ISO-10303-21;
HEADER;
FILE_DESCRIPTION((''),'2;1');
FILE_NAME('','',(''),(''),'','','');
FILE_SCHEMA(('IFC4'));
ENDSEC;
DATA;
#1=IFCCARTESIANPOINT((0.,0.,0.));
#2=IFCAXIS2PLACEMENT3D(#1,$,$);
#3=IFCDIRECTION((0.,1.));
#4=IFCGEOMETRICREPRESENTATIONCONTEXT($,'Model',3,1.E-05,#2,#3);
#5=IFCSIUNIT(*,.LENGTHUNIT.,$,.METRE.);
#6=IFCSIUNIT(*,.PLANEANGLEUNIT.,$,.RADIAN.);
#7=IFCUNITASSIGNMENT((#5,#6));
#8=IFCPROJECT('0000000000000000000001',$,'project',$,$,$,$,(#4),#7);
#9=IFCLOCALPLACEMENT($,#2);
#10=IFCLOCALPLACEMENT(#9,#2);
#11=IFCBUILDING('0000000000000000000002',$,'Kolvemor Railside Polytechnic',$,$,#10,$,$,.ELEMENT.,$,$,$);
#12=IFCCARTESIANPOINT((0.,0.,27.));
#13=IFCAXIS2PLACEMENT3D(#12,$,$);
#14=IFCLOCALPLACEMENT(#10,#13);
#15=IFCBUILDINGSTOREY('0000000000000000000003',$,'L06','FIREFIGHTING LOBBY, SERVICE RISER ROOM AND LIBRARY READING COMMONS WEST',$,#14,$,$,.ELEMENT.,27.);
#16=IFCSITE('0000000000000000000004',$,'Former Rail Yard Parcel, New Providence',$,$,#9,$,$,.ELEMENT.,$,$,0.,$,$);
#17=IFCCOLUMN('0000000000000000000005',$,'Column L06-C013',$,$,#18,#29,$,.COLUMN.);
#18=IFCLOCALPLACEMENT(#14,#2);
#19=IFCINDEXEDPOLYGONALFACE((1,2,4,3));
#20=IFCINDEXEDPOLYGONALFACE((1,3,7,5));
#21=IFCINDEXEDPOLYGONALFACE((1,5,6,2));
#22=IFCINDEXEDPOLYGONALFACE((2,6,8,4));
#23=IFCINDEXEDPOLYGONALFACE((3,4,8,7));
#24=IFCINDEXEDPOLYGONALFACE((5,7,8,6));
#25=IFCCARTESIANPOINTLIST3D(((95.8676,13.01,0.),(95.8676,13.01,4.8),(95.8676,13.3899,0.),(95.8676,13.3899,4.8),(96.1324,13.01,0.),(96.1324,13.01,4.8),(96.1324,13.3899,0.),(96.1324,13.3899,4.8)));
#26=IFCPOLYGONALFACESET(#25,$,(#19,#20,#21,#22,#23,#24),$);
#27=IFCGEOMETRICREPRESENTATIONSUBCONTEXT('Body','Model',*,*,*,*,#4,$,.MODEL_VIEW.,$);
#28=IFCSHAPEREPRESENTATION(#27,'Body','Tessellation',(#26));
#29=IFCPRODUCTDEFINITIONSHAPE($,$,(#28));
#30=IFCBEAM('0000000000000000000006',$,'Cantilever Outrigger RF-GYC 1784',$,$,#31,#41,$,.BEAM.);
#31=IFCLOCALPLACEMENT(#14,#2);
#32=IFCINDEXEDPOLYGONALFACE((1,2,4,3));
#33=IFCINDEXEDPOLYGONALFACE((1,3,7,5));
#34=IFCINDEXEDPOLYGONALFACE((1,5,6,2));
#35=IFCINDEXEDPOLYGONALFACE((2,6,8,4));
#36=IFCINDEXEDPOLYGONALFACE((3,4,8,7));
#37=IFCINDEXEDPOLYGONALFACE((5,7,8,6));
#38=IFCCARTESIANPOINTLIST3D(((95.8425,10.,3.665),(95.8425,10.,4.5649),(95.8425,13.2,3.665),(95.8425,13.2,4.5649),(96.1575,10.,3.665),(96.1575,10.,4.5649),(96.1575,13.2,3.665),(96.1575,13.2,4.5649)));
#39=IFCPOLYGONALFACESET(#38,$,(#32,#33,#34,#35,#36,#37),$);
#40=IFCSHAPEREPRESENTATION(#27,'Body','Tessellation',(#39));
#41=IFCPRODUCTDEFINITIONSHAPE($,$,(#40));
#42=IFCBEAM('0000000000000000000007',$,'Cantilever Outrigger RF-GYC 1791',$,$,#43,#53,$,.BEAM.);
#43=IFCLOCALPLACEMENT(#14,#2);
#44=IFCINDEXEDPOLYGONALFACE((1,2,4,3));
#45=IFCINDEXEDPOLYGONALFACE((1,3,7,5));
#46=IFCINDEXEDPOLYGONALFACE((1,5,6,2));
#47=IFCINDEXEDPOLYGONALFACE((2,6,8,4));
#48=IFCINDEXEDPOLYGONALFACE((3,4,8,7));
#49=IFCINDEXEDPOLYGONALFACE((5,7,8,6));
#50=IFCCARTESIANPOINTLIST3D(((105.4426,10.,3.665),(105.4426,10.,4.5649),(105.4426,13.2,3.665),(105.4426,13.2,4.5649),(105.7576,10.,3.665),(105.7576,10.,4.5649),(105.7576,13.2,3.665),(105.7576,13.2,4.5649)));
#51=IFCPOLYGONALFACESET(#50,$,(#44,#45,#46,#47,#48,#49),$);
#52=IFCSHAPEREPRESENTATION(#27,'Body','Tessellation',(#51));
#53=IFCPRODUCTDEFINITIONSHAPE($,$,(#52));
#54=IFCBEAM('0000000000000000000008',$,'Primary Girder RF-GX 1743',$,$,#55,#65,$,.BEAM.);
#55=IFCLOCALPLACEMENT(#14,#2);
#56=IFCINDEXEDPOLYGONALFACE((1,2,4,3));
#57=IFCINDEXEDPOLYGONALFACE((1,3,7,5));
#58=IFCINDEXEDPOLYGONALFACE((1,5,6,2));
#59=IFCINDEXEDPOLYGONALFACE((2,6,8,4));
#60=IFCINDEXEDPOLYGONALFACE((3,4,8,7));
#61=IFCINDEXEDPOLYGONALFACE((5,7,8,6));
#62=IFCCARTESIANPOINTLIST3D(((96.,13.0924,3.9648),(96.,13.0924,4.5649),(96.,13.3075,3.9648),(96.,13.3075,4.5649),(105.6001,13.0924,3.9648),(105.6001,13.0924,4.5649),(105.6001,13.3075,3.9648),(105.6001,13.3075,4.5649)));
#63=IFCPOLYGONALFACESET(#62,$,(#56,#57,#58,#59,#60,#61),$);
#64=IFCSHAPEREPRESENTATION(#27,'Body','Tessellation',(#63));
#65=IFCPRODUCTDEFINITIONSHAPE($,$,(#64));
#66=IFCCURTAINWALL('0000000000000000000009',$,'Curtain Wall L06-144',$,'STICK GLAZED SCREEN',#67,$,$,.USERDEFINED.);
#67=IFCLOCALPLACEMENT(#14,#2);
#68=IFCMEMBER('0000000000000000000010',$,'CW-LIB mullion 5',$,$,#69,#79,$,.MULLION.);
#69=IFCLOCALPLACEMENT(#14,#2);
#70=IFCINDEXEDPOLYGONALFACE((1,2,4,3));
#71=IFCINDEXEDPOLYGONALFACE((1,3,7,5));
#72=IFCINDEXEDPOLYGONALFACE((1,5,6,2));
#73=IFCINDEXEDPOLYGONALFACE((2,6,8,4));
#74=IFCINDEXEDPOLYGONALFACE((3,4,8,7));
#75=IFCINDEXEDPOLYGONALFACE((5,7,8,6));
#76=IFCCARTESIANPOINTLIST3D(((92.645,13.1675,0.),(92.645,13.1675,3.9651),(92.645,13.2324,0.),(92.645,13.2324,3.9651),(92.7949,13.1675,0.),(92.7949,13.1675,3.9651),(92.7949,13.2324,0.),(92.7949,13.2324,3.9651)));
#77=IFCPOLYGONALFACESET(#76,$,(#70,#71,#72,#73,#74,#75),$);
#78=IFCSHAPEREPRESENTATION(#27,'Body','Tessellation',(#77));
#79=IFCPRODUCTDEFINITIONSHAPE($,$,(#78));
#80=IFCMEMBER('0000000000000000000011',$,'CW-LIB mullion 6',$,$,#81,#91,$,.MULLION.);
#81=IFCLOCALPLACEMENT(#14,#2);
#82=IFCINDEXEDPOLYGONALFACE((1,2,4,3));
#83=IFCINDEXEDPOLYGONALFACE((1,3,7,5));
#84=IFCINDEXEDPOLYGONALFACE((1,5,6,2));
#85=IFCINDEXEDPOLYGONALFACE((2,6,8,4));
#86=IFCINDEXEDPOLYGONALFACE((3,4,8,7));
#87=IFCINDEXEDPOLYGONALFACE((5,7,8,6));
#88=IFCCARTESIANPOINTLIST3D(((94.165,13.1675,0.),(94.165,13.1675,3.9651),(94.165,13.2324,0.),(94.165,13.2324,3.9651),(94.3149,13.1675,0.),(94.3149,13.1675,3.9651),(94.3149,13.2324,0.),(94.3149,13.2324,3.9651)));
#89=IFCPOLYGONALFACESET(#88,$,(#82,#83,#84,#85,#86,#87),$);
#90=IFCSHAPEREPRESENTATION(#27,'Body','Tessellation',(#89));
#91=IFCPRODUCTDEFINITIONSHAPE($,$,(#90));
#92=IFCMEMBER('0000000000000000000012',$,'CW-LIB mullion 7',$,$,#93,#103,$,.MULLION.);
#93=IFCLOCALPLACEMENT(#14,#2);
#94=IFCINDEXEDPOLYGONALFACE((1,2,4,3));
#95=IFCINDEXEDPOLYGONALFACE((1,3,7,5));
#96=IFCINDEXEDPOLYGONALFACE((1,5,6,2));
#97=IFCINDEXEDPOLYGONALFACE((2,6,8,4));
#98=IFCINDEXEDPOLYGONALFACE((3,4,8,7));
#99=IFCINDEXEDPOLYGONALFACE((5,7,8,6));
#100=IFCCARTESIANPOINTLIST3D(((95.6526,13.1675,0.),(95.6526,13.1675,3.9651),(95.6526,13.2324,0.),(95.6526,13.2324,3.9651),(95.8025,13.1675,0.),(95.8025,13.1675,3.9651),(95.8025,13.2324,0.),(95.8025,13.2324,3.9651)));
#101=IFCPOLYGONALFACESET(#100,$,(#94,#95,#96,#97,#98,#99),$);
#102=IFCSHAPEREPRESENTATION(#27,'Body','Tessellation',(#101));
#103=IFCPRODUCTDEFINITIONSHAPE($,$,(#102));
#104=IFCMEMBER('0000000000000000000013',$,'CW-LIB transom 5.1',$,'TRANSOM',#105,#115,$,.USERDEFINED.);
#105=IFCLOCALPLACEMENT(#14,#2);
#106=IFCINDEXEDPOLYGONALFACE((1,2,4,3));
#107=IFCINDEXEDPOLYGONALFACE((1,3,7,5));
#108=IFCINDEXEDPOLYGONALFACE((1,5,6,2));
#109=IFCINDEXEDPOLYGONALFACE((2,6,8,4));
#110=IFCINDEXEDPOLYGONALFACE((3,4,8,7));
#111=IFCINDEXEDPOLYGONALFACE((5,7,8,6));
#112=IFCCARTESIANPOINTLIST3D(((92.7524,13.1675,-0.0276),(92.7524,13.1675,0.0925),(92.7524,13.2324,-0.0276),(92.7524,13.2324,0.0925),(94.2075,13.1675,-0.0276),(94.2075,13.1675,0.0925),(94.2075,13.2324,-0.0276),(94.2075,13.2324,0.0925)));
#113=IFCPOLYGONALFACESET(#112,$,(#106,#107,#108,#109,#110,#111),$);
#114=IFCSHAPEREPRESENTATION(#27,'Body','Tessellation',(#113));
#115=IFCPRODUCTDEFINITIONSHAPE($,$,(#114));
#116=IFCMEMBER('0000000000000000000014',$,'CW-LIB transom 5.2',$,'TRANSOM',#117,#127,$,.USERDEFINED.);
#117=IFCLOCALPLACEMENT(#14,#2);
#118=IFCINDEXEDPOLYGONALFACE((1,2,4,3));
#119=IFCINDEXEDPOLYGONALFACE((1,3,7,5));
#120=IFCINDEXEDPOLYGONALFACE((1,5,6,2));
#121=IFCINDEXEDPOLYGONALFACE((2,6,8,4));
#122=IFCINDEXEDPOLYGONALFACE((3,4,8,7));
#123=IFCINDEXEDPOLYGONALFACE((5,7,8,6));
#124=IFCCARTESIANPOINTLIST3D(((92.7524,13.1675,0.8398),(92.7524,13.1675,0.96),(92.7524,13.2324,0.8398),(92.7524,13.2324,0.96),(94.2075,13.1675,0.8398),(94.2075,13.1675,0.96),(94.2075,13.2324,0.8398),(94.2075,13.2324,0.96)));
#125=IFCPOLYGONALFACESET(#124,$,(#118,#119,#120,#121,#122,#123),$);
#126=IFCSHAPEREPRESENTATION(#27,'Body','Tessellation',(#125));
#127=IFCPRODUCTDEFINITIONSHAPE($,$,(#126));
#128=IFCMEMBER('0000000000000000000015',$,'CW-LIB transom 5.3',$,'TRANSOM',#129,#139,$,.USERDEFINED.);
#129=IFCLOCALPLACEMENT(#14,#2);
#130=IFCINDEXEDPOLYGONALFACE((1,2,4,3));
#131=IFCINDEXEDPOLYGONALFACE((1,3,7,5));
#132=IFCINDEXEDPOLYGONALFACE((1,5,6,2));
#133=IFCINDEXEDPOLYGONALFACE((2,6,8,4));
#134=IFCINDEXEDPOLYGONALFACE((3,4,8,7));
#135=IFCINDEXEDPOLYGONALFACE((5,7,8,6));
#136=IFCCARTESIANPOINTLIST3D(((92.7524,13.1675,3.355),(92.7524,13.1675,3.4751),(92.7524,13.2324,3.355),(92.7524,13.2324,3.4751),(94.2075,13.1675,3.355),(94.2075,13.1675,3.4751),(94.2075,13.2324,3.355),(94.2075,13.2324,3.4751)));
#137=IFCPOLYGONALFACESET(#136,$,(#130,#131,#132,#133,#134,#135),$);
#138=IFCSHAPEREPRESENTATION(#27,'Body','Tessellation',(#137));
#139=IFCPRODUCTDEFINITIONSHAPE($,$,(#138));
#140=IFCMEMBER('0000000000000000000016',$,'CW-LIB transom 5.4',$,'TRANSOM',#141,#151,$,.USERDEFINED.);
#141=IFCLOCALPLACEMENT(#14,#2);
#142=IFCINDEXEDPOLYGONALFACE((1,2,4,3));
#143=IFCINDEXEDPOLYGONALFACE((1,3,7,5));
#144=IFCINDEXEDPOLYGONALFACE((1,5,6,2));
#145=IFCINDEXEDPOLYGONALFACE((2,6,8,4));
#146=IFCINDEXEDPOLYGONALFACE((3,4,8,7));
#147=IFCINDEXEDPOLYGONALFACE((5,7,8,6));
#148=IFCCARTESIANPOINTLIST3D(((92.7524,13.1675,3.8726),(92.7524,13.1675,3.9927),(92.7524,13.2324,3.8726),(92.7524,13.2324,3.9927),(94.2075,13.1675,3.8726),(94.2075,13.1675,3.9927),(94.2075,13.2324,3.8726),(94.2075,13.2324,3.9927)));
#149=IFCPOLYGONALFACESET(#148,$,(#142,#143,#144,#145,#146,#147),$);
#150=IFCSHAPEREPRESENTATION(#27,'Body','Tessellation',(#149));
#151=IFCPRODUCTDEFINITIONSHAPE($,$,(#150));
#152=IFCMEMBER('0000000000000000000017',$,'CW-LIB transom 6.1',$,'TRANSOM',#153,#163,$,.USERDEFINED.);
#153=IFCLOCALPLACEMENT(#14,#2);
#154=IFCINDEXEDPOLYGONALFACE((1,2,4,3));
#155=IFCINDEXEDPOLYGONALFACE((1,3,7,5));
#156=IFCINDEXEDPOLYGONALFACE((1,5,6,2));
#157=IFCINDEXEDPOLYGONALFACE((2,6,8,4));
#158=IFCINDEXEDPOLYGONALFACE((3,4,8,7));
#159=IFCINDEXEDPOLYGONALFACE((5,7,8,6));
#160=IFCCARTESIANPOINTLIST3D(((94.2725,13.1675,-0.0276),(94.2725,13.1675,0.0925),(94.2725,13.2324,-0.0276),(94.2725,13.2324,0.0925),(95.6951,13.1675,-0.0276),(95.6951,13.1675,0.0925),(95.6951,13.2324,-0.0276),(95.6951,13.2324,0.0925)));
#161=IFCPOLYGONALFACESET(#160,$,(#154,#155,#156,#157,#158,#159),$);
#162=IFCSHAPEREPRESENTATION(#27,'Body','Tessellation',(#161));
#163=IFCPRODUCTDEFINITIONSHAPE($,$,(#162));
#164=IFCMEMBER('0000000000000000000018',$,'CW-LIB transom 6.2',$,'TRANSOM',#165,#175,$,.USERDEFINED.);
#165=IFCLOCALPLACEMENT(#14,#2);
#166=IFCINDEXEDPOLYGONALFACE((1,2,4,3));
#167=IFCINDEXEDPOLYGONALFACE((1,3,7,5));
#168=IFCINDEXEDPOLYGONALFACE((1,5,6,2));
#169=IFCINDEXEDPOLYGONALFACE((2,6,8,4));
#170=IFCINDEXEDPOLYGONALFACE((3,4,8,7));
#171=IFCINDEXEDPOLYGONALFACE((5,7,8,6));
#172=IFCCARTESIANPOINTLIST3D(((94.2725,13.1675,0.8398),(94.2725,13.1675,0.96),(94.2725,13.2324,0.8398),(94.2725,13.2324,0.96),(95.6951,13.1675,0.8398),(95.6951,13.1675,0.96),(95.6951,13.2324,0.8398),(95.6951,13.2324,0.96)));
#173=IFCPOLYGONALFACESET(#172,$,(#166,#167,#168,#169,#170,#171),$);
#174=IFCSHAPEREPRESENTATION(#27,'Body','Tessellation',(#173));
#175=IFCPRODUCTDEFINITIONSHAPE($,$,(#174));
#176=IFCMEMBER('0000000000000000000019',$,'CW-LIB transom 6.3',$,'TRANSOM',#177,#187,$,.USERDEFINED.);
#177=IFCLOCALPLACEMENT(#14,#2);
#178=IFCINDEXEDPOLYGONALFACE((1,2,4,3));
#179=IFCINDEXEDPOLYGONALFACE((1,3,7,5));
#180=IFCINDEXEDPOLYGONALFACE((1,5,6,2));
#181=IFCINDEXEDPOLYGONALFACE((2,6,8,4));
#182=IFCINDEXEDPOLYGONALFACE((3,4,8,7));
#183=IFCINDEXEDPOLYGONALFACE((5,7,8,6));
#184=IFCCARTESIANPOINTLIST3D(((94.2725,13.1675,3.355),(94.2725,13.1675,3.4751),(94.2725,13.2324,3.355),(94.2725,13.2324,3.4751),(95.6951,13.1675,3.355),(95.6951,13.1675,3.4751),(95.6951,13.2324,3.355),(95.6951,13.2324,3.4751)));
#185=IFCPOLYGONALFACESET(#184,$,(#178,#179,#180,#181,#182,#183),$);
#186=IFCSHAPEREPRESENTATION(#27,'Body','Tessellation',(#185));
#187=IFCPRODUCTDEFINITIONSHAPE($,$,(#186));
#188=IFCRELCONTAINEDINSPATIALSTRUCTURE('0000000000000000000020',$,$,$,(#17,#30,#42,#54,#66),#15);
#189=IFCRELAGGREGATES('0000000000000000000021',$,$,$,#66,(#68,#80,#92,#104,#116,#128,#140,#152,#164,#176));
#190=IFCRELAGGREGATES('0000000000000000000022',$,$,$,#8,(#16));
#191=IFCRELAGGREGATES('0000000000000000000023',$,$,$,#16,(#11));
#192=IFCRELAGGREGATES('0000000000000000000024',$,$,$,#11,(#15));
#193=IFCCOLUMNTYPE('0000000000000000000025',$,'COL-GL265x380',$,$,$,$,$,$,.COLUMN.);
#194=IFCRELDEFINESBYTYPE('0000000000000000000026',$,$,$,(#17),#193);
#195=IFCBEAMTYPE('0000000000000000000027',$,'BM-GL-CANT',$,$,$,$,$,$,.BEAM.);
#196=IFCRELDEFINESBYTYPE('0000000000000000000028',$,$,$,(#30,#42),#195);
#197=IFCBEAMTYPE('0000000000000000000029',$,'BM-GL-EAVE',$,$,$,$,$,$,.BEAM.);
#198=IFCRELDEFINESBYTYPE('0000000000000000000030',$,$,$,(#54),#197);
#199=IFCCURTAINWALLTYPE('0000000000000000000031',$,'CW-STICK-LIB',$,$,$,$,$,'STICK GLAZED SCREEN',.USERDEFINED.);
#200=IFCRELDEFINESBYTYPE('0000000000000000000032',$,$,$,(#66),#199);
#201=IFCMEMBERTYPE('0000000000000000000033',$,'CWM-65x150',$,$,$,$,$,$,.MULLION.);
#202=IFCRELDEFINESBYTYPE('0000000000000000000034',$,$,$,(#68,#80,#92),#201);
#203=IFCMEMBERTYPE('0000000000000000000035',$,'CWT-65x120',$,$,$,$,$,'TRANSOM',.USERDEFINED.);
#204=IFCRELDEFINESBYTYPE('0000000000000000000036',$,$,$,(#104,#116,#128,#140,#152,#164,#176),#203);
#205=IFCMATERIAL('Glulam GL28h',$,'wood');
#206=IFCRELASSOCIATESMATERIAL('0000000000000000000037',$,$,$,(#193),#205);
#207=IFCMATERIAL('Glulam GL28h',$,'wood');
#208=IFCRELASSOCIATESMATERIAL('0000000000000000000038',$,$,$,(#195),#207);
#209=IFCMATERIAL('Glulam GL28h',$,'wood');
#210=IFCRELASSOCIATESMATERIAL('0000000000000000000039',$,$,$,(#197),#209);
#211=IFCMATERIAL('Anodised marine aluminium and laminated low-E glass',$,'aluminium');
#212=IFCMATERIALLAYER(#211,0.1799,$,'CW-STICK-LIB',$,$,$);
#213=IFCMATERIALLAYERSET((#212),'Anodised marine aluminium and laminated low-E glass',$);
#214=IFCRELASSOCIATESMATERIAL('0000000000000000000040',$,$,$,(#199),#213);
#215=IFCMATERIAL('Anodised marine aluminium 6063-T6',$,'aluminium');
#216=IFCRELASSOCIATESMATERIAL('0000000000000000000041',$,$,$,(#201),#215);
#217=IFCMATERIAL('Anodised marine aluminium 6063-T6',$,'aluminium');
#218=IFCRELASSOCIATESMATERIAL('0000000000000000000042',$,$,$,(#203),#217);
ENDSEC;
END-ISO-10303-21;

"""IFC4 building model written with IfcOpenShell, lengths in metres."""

from ifc_helpers import new_model, si_unit, direction, frame, origin, origin_2d, place, context, subcontext, project, spatial, rectangle, extrude, material, layer, layer_set, material_profile, profile_set, type_object, element, aggregate, save


model = new_model("IFC4")

# Units and contexts
model_context = context("Model", 3, precision=1e-05, world=origin(), true_north=direction((0.0, 1.0)))
body_context = subcontext(model_context, "Body", "Model", "MODEL_VIEW")
ifc_project = project(units=[si_unit("LENGTHUNIT", "METRE"), si_unit("PLANEANGLEUNIT", "RADIAN")], contexts=[model_context])

# Site, building, storey
site_placement = place(None, origin())
site = spatial("IfcSite", under=ifc_project, at=site_placement, Name="Former Rail Yard Parcel, New Providence", CompositionType="ELEMENT", RefElevation=0.0)
building_placement = place(site_placement, origin())
building = spatial("IfcBuilding", under=site, at=building_placement, Name="Kolvemor Railside Polytechnic", CompositionType="ELEMENT")
storey_placement = place(building_placement, frame((0.0, 0.0, 27.0)))
storey = spatial("IfcBuildingStorey", under=building, at=storey_placement, Name="L06", Description="FIREFIGHTING LOBBY, SERVICE RISER ROOM AND LIBRARY READING COMMONS WEST", CompositionType="ELEMENT", Elevation=27.0)

# Column
ifc_material_1 = material(Name="Glulam GL28h", Category="wood")
ifc_material_profile_1 = material_profile(ifc_material_1, rectangle(XDim=0.2649, YDim=0.3799, at=origin_2d()), Name="GL265x380")
ifc_profile_set_1 = profile_set([ifc_material_profile_1], Name="Glulam GL28h")
column_type = type_object("IfcColumnType", Name="COL-GL265x380", PredefinedType="COLUMN", material=ifc_profile_set_1)
column_placement = place(storey_placement, frame((96.0, 13.2, 0.0), z_axis=(0.0, 0.0, 1.0), x_axis=(1.0, 0.0, 0.0)))
element("IfcColumn", 1, at=column_placement, inside=storey, type_object=column_type, Name="Column L06-C013", PredefinedType="COLUMN", context=body_context, shape_type="SweptSolid", body=[
    extrude(rectangle(XDim=0.2649, YDim=0.3799, at=origin_2d()), origin(), (0.0, 0.0, 1.0), 4.8),
])

# Beams
ifc_material_2 = material(Name="Glulam GL28h", Category="wood")
ifc_material_profile_2 = material_profile(ifc_material_2, rectangle(XDim=0.3149, YDim=0.8999, at=origin_2d()), Name="GL315x900")
ifc_profile_set_2 = profile_set([ifc_material_profile_2], Name="Glulam GL28h")
beam_type_1 = type_object("IfcBeamType", Name="BM-GL-CANT", PredefinedType="BEAM", material=ifc_profile_set_2)
for number, where, z_axis, x_axis, name in (
    (2, (96.0, 10.0, 4.115), (0.0, 1.0, 0.0), (-1.0, 0.0, 0.0), "Cantilever Outrigger RF-GYC 1784"),
    (3, (105.6001, 10.0, 4.115), (0.0, 1.0, 0.0), (-1.0, 0.0, 0.0), "Cantilever Outrigger RF-GYC 1791"),
):
    element("IfcBeam", number, at=place(storey_placement, frame(where, z_axis=z_axis, x_axis=x_axis)), inside=storey, type_object=beam_type_1, Name=name, PredefinedType="BEAM", context=body_context, shape_type="SweptSolid", body=[
        extrude(rectangle(XDim=0.3149, YDim=0.8999, at=origin_2d()), origin(), (0.0, 0.0, 1.0), 3.2),
    ])
ifc_material_3 = material(Name="Glulam GL28h", Category="wood")
ifc_material_profile_3 = material_profile(ifc_material_3, rectangle(XDim=0.2151, YDim=0.6001, at=origin_2d()), Name="GL215x600")
ifc_profile_set_3 = profile_set([ifc_material_profile_3], Name="Glulam GL28h")
beam_type_2 = type_object("IfcBeamType", Name="BM-GL-EAVE", PredefinedType="BEAM", material=ifc_profile_set_3)
beam_placement = place(storey_placement, frame((96.0, 13.2, 4.2649), z_axis=(1.0, 0.0, 0.0), x_axis=(0.0, 1.0, 0.0)))
element("IfcBeam", 4, at=beam_placement, inside=storey, type_object=beam_type_2, Name="Primary Girder RF-GX 1743", PredefinedType="BEAM", context=body_context, shape_type="SweptSolid", body=[
    extrude(rectangle(XDim=0.2151, YDim=0.6001, at=origin_2d()), origin(), (0.0, 0.0, 1.0), 9.6001),
])

# Curtain wall, members
ifc_material_4 = material(Name="Anodised marine aluminium and laminated low-E glass", Category="aluminium")
ifc_layer_1 = layer(ifc_material_4, 0.1799, Name="CW-STICK-LIB")
ifc_layer_set_1 = layer_set([ifc_layer_1], Name="Anodised marine aluminium and laminated low-E glass")
curtain_wall_type = type_object("IfcCurtainWallType", Name="CW-STICK-LIB", ElementType="STICK GLAZED SCREEN", PredefinedType="USERDEFINED", material=ifc_layer_set_1)
curtain_wall_placement = place(storey_placement, origin())
curtain_wall = element("IfcCurtainWall", 5, at=curtain_wall_placement, inside=storey, type_object=curtain_wall_type, Name="Curtain Wall L06-144", ObjectType="STICK GLAZED SCREEN", PredefinedType="USERDEFINED")
ifc_material_5 = material(Name="Anodised marine aluminium 6063-T6", Category="aluminium")
ifc_material_profile_4 = material_profile(ifc_material_5, rectangle(XDim=0.0649, YDim=0.1499, at=origin_2d()), Name="CW-MUL-65x150")
ifc_profile_set_4 = profile_set([ifc_material_profile_4], Name="Anodised marine aluminium 6063-T6")
member_type_1 = type_object("IfcMemberType", Name="CWM-65x150", PredefinedType="MULLION", material=ifc_profile_set_4)
member_1_placement = place(storey_placement, frame((92.72, 13.2, 0.0), z_axis=(0.0, 0.0, 1.0), x_axis=(0.0, 1.0, 0.0)))
member_1 = element("IfcMember", 6, at=member_1_placement, type_object=member_type_1, Name="CW-LIB mullion 5", PredefinedType="MULLION", context=body_context, shape_type="SweptSolid", body=[
    extrude(rectangle(XDim=0.0649, YDim=0.1499, at=origin_2d()), origin(), (0.0, 0.0, 1.0), 3.9651),
])
member_2_placement = place(storey_placement, frame((94.24, 13.2, 0.0), z_axis=(0.0, 0.0, 1.0), x_axis=(0.0, 1.0, 0.0)))
member_2 = element("IfcMember", 7, at=member_2_placement, type_object=member_type_1, Name="CW-LIB mullion 6", PredefinedType="MULLION", context=body_context, shape_type="SweptSolid", body=[
    extrude(rectangle(XDim=0.0649, YDim=0.1499, at=origin_2d()), origin(), (0.0, 0.0, 1.0), 3.9651),
])
member_3_placement = place(storey_placement, frame((95.7275, 13.2, 0.0), z_axis=(0.0, 0.0, 1.0), x_axis=(0.0, 1.0, 0.0)))
member_3 = element("IfcMember", 8, at=member_3_placement, type_object=member_type_1, Name="CW-LIB mullion 7", PredefinedType="MULLION", context=body_context, shape_type="SweptSolid", body=[
    extrude(rectangle(XDim=0.0649, YDim=0.1499, at=origin_2d()), origin(), (0.0, 0.0, 1.0), 3.9651),
])
ifc_material_6 = material(Name="Anodised marine aluminium 6063-T6", Category="aluminium")
ifc_material_profile_5 = material_profile(ifc_material_6, rectangle(XDim=0.0649, YDim=0.1201, at=origin_2d()), Name="CW-TRN-65x120")
ifc_profile_set_5 = profile_set([ifc_material_profile_5], Name="Anodised marine aluminium 6063-T6")
member_type_2 = type_object("IfcMemberType", Name="CWT-65x120", ElementType="TRANSOM", PredefinedType="USERDEFINED", material=ifc_profile_set_5)
member_4_placement = place(storey_placement, frame((92.7524, 13.2, 0.0325), z_axis=(1.0, 0.0, 0.0), x_axis=(0.0, 1.0, 0.0)))
member_4 = element("IfcMember", 9, at=member_4_placement, type_object=member_type_2, Name="CW-LIB transom 5.1", ObjectType="TRANSOM", PredefinedType="USERDEFINED", context=body_context, shape_type="SweptSolid", body=[
    extrude(rectangle(XDim=0.0649, YDim=0.1201, at=origin_2d()), origin(), (0.0, 0.0, 1.0), 1.4551),
])
member_5_placement = place(storey_placement, frame((92.7524, 13.2, 0.8999), z_axis=(1.0, 0.0, 0.0), x_axis=(0.0, 1.0, 0.0)))
member_5 = element("IfcMember", 10, at=member_5_placement, type_object=member_type_2, Name="CW-LIB transom 5.2", ObjectType="TRANSOM", PredefinedType="USERDEFINED", context=body_context, shape_type="SweptSolid", body=[
    extrude(rectangle(XDim=0.0649, YDim=0.1201, at=origin_2d()), origin(), (0.0, 0.0, 1.0), 1.4551),
])
member_6_placement = place(storey_placement, frame((92.7524, 13.2, 3.415), z_axis=(1.0, 0.0, 0.0), x_axis=(0.0, 1.0, 0.0)))
member_6 = element("IfcMember", 11, at=member_6_placement, type_object=member_type_2, Name="CW-LIB transom 5.3", ObjectType="TRANSOM", PredefinedType="USERDEFINED", context=body_context, shape_type="SweptSolid", body=[
    extrude(rectangle(XDim=0.0649, YDim=0.1201, at=origin_2d()), origin(), (0.0, 0.0, 1.0), 1.4551),
])
member_7_placement = place(storey_placement, frame((92.7524, 13.2, 3.9326), z_axis=(1.0, 0.0, 0.0), x_axis=(0.0, 1.0, 0.0)))
member_7 = element("IfcMember", 12, at=member_7_placement, type_object=member_type_2, Name="CW-LIB transom 5.4", ObjectType="TRANSOM", PredefinedType="USERDEFINED", context=body_context, shape_type="SweptSolid", body=[
    extrude(rectangle(XDim=0.0649, YDim=0.1201, at=origin_2d()), origin(), (0.0, 0.0, 1.0), 1.4551),
])
member_8_placement = place(storey_placement, frame((94.2725, 13.2, 0.0325), z_axis=(1.0, 0.0, 0.0), x_axis=(0.0, 1.0, 0.0)))
member_8 = element("IfcMember", 13, at=member_8_placement, type_object=member_type_2, Name="CW-LIB transom 6.1", ObjectType="TRANSOM", PredefinedType="USERDEFINED", context=body_context, shape_type="SweptSolid", body=[
    extrude(rectangle(XDim=0.0649, YDim=0.1201, at=origin_2d()), origin(), (0.0, 0.0, 1.0), 1.4226),
])
member_9_placement = place(storey_placement, frame((94.2725, 13.2, 0.8999), z_axis=(1.0, 0.0, 0.0), x_axis=(0.0, 1.0, 0.0)))
member_9 = element("IfcMember", 14, at=member_9_placement, type_object=member_type_2, Name="CW-LIB transom 6.2", ObjectType="TRANSOM", PredefinedType="USERDEFINED", context=body_context, shape_type="SweptSolid", body=[
    extrude(rectangle(XDim=0.0649, YDim=0.1201, at=origin_2d()), origin(), (0.0, 0.0, 1.0), 1.4226),
])
member_10_placement = place(storey_placement, frame((94.2725, 13.2, 3.415), z_axis=(1.0, 0.0, 0.0), x_axis=(0.0, 1.0, 0.0)))
member_10 = element("IfcMember", 15, at=member_10_placement, type_object=member_type_2, Name="CW-LIB transom 6.3", ObjectType="TRANSOM", PredefinedType="USERDEFINED", context=body_context, shape_type="SweptSolid", body=[
    extrude(rectangle(XDim=0.0649, YDim=0.1201, at=origin_2d()), origin(), (0.0, 0.0, 1.0), 1.4226),
])
aggregate(curtain_wall, [member_1, member_2, member_3, member_4, member_5, member_6, member_7, member_8, member_9, member_10])

save(model, "model.ifc")
